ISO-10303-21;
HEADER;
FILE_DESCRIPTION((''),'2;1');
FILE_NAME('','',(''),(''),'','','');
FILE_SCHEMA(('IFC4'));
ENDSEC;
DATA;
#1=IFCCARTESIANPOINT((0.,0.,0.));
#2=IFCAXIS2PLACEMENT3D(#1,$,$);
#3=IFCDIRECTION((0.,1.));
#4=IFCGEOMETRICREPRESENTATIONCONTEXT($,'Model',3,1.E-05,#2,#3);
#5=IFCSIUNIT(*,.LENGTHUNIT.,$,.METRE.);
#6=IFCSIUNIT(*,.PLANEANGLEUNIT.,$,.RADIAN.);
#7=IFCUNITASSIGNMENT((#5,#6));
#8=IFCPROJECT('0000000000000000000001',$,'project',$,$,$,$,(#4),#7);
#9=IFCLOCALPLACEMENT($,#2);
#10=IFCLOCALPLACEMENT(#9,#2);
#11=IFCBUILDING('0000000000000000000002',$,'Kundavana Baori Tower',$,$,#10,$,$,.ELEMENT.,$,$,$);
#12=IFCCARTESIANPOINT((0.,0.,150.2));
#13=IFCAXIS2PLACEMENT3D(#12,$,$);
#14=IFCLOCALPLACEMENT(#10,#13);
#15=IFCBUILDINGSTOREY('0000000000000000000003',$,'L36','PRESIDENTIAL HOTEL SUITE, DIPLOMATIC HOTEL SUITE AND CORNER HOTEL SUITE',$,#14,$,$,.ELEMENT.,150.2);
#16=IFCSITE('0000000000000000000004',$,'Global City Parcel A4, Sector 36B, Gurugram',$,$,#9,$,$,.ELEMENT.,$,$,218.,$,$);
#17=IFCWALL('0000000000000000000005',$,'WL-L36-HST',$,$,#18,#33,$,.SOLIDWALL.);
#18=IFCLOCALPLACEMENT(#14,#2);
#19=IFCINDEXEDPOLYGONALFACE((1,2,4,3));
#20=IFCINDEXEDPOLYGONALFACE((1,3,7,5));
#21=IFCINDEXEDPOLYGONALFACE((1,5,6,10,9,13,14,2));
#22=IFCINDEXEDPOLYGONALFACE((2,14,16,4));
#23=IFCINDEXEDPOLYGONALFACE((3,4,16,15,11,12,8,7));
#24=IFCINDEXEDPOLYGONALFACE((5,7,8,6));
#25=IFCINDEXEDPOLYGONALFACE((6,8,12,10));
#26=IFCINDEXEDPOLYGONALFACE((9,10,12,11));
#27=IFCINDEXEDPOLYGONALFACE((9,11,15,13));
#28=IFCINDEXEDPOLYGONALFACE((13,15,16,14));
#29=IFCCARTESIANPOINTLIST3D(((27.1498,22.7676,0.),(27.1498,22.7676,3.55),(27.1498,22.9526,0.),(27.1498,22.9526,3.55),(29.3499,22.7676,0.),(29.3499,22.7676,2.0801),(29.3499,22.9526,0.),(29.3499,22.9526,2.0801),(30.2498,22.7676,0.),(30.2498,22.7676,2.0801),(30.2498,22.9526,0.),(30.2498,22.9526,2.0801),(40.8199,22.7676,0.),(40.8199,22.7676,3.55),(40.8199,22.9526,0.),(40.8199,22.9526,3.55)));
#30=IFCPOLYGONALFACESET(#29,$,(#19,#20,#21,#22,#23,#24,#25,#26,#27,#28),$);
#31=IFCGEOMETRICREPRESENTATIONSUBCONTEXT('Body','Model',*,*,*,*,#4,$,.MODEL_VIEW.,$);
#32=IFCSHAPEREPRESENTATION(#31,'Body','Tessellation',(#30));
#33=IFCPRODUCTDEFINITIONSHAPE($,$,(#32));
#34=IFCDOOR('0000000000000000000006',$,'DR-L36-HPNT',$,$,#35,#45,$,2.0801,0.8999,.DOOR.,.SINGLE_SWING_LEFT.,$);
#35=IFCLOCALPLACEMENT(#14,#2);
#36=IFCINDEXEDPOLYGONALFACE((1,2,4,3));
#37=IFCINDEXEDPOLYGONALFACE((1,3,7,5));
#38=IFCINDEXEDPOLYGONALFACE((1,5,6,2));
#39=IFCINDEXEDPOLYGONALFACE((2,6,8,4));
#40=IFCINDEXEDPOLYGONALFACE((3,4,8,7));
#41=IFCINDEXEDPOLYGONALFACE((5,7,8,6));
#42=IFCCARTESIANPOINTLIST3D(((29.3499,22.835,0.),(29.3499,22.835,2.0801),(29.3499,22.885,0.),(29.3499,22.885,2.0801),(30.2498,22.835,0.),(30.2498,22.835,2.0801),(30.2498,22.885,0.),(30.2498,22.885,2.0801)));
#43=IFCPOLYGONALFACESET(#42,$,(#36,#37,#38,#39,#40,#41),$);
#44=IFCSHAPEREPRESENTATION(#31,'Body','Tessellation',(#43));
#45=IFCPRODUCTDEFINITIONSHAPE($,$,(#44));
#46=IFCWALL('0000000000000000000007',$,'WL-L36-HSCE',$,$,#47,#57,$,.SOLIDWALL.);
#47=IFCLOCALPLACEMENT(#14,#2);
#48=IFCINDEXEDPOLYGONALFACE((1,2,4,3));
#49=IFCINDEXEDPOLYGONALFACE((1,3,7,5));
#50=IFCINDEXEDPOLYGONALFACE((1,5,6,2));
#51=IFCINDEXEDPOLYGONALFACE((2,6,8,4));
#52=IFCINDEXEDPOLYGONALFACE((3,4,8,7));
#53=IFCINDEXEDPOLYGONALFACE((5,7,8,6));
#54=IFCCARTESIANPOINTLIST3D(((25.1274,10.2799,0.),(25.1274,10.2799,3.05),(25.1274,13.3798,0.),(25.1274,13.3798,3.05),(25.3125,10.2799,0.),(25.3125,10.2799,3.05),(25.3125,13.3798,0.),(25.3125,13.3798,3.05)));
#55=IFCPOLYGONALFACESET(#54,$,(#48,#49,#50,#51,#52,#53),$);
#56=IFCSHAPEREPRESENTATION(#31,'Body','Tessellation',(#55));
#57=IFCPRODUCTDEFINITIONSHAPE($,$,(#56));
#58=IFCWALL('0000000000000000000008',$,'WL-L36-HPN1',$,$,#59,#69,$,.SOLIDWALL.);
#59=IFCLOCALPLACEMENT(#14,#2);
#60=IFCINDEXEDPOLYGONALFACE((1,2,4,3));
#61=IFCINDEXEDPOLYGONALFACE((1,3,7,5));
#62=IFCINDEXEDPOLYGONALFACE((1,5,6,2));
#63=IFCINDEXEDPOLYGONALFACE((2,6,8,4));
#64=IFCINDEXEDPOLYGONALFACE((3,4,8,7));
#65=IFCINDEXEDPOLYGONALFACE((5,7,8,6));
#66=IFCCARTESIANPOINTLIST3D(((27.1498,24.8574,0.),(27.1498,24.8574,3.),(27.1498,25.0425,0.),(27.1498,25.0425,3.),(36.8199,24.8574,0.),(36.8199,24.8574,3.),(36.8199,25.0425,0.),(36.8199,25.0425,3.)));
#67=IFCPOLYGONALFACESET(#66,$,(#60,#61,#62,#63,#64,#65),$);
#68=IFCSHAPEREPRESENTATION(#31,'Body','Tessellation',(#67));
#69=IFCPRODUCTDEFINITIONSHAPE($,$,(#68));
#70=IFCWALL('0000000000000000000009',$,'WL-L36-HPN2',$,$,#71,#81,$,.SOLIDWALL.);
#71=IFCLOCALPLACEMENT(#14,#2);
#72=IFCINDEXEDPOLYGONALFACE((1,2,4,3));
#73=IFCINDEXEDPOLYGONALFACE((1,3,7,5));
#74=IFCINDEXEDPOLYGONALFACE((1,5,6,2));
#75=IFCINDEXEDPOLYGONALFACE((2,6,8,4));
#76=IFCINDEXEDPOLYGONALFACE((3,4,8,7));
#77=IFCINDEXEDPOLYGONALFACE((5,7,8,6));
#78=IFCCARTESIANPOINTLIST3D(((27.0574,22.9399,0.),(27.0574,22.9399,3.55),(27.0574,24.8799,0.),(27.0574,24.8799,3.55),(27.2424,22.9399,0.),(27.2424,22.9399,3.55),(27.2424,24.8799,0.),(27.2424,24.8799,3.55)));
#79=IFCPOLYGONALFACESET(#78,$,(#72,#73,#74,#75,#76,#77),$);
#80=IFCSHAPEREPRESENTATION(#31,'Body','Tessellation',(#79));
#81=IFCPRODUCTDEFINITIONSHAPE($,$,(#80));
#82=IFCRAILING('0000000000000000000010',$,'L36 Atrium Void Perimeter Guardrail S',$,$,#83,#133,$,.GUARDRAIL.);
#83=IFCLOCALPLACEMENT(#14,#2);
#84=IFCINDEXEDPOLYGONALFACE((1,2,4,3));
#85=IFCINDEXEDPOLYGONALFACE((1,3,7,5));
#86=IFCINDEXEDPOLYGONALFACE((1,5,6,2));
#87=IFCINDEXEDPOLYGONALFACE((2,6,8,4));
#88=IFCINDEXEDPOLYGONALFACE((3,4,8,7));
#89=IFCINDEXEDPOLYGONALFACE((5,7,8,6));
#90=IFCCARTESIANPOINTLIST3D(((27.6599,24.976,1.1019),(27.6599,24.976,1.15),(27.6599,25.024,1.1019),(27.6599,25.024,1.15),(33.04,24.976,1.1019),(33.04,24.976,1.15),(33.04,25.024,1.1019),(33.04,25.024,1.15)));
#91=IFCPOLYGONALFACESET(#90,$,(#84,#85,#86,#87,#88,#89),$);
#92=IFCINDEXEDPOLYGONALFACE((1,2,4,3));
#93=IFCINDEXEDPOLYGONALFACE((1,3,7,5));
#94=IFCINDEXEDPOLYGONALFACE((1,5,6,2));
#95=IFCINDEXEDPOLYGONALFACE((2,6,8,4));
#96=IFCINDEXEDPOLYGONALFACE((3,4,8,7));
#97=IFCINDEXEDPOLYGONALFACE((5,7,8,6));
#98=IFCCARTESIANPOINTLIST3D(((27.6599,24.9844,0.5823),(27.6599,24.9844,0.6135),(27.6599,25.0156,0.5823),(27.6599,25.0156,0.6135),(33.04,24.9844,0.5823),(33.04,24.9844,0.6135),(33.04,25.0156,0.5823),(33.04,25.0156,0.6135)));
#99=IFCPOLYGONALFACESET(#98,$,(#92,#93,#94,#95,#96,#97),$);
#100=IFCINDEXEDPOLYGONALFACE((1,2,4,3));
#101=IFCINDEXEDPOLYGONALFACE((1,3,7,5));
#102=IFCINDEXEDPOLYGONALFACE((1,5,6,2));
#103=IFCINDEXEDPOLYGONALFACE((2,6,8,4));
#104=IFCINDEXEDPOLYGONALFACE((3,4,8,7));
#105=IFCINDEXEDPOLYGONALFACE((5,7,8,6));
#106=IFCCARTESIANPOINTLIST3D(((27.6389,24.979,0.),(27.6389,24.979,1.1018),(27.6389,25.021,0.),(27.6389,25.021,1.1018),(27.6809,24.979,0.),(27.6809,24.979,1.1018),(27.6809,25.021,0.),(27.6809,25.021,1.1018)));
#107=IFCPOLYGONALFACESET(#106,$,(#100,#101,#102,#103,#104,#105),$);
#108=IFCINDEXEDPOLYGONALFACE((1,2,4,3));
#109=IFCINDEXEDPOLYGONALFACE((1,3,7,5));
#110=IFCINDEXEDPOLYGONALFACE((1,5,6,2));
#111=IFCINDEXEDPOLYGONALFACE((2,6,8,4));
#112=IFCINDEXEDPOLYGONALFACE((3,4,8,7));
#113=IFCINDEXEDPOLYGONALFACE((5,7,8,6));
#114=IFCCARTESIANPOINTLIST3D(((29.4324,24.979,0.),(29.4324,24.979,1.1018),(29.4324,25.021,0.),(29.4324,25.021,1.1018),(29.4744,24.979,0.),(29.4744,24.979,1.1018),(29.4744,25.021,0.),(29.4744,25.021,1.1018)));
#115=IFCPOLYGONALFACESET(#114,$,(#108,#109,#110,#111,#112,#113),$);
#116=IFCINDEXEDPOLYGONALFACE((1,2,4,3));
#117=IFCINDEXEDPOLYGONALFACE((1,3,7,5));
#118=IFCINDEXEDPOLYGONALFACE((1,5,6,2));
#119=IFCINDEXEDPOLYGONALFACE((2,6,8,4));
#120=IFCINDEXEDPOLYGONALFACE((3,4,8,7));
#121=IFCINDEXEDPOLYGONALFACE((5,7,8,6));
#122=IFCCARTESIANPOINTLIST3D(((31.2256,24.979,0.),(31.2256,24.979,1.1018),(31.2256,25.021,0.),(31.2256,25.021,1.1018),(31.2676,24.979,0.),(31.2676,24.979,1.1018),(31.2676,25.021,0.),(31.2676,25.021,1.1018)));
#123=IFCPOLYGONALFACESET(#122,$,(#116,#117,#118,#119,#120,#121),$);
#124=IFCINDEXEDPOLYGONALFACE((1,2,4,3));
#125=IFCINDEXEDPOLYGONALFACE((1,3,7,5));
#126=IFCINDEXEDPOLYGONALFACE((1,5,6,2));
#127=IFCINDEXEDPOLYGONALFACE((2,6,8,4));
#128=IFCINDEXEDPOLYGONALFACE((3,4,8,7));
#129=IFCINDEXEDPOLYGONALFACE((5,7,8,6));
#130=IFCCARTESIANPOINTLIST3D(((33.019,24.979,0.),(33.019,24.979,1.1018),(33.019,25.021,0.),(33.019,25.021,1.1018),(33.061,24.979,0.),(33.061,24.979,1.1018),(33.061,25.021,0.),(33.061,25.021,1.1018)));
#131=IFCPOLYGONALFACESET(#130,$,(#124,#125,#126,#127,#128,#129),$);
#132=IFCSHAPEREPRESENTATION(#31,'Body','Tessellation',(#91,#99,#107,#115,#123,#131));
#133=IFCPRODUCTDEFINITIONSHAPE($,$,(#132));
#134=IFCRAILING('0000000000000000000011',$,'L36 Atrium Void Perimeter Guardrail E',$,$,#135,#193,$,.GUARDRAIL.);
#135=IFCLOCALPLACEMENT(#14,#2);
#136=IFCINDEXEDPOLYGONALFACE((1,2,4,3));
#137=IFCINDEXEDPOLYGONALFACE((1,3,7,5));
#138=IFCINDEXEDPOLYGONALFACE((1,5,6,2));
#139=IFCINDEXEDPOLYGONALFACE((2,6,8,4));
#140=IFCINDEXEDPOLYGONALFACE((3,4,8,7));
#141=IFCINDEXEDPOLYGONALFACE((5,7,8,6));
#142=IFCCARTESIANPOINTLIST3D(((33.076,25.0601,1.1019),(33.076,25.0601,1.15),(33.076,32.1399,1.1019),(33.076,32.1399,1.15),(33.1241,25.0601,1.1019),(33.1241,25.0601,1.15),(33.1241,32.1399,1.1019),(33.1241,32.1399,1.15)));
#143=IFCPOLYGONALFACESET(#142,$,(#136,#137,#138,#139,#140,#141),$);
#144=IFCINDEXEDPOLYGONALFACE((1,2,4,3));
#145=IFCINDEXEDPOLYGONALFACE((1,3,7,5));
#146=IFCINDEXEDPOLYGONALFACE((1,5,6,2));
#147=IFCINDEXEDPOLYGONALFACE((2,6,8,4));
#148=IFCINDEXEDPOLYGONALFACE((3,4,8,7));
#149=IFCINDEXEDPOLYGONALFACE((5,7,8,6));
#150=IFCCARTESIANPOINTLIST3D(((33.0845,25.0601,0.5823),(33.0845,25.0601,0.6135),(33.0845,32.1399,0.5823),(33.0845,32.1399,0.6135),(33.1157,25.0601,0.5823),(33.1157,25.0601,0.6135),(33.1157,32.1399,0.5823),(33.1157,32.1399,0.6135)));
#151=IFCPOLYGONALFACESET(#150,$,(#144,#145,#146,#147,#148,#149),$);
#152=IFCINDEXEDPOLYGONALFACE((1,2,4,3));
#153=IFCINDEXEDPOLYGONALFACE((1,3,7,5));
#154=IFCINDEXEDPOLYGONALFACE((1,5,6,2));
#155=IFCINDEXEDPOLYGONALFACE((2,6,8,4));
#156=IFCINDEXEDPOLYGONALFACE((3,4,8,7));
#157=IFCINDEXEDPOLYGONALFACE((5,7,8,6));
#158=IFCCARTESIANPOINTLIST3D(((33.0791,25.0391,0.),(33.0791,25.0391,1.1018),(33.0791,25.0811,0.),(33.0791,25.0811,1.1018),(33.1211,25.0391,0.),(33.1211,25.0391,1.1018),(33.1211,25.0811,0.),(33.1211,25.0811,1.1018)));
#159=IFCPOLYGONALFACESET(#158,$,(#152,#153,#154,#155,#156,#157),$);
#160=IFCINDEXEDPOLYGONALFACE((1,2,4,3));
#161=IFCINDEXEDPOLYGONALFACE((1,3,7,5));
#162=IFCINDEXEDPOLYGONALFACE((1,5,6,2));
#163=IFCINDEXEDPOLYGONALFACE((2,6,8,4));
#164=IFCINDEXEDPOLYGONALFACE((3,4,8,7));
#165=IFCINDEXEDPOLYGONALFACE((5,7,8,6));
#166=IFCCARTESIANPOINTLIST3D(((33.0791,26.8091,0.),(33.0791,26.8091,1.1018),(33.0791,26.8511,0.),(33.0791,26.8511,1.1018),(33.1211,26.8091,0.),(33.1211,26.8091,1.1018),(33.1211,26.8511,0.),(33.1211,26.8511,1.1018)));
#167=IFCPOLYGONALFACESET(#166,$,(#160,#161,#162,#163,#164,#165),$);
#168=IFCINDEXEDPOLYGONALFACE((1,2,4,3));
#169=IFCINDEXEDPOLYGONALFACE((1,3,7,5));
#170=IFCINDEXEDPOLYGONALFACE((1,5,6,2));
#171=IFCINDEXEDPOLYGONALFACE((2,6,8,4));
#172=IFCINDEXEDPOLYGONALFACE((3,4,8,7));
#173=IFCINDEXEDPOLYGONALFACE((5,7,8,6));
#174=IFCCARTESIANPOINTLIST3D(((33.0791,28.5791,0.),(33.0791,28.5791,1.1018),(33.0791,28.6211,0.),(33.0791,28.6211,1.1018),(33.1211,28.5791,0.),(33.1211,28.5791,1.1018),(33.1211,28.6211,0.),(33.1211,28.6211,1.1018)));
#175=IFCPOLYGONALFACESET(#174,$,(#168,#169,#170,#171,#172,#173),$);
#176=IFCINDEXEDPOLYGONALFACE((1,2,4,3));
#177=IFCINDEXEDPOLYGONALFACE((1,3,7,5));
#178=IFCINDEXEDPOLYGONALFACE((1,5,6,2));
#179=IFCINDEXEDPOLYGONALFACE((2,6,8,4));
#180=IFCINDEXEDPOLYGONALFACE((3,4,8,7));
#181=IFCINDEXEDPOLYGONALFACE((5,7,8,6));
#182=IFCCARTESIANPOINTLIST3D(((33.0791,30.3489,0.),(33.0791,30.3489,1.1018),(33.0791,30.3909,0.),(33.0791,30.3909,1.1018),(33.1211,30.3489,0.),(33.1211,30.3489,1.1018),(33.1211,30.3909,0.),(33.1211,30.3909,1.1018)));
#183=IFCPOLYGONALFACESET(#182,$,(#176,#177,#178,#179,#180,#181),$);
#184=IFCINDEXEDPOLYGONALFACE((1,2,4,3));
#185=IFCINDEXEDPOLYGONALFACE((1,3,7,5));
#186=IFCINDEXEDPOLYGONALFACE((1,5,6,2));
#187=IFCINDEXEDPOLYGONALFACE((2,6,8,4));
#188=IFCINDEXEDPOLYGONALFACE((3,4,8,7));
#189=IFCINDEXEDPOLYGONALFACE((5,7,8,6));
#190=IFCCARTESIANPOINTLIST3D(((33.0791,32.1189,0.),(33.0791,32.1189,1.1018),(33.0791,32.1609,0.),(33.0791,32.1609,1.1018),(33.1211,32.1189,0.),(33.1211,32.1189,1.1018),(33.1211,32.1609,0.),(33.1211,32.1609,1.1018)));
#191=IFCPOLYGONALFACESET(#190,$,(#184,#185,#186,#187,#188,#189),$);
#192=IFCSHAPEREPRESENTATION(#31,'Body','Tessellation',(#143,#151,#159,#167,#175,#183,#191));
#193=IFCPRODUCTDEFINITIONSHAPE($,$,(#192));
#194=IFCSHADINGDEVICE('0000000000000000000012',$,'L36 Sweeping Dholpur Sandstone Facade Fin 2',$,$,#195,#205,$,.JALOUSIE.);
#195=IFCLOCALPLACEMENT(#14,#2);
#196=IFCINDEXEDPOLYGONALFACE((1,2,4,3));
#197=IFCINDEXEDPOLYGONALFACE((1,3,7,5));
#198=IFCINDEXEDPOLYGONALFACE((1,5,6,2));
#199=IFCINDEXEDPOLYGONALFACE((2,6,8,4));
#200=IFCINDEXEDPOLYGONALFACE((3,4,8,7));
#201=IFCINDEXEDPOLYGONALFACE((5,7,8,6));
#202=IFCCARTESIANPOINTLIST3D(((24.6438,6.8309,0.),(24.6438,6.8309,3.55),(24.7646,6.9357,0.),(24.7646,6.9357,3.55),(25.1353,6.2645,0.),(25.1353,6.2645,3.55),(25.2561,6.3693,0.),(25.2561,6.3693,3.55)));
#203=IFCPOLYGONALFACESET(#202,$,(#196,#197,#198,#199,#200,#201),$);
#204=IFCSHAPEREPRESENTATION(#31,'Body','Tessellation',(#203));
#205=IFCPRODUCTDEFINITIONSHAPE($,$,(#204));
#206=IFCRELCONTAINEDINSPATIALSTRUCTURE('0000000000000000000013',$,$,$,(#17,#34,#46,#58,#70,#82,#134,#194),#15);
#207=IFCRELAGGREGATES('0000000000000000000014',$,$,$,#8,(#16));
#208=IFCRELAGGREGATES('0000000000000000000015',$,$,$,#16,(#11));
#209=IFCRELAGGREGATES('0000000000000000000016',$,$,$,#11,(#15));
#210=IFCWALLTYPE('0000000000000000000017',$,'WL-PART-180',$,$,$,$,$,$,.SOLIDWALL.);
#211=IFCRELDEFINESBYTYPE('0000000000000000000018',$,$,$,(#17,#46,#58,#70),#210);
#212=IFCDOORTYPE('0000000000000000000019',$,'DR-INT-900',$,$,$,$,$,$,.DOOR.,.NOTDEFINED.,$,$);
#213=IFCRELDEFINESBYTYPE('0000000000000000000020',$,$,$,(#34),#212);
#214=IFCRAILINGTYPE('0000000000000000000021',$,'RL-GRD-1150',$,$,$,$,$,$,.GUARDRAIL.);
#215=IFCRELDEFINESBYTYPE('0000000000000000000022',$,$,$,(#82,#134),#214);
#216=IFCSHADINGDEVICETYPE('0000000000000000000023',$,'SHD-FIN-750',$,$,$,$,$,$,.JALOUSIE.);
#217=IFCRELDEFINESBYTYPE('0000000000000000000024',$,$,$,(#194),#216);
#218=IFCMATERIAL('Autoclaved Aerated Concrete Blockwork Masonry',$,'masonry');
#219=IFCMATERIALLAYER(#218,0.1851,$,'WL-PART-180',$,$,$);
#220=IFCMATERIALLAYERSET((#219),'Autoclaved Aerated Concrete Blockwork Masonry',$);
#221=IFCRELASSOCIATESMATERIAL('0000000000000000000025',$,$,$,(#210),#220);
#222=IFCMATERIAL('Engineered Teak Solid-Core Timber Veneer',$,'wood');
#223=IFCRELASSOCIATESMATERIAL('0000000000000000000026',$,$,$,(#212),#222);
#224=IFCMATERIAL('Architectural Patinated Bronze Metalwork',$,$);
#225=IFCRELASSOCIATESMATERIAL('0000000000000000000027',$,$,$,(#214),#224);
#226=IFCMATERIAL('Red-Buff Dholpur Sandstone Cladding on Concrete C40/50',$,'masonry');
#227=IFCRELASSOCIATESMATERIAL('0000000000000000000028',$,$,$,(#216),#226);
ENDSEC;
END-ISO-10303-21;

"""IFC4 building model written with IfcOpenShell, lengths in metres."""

from ifc_helpers import new_model, si_unit, direction, frame, frame_2d, origin, origin_2d, place, context, subcontext, project, spatial, rectangle, extrude, material, layer, layer_set, type_object, element, fill, save


model = new_model("IFC4")

# Units and contexts
model_context = context("Model", 3, precision=1e-05, world=origin(), true_north=direction((0.0, 1.0)))
body_context = subcontext(model_context, "Body", "Model", "MODEL_VIEW")
ifc_project = project(units=[si_unit("LENGTHUNIT", "METRE"), si_unit("PLANEANGLEUNIT", "RADIAN")], contexts=[model_context])

# Site, building, storey
site_placement = place(None, origin())
site = spatial("IfcSite", under=ifc_project, at=site_placement, Name="Global City Parcel A4, Sector 36B, Gurugram", CompositionType="ELEMENT", RefElevation=218.0)
building_placement = place(site_placement, origin())
building = spatial("IfcBuilding", under=site, at=building_placement, Name="Kundavana Baori Tower", CompositionType="ELEMENT")
storey_placement = place(building_placement, frame((0.0, 0.0, 150.2)))
storey = spatial("IfcBuildingStorey", under=building, at=storey_placement, Name="L36", Description="PRESIDENTIAL HOTEL SUITE, DIPLOMATIC HOTEL SUITE AND CORNER HOTEL SUITE", CompositionType="ELEMENT", Elevation=150.2)

# Wall, opening, door
ifc_material_1 = material(Name="Autoclaved Aerated Concrete Blockwork Masonry", Category="masonry")
ifc_layer = layer(ifc_material_1, 0.1851, Name="WL-PART-180")
ifc_layer_set = layer_set([ifc_layer], Name="Autoclaved Aerated Concrete Blockwork Masonry")
wall_type = type_object("IfcWallType", Name="WL-PART-180", PredefinedType="SOLIDWALL", material=ifc_layer_set)
wall_1_placement = place(storey_placement, frame((27.1499, 22.8601, 0.0), z_axis=(0.0, 0.0, 1.0), x_axis=(1.0, 0.0, 0.0)))
wall_1 = element("IfcWall", 1, at=wall_1_placement, inside=storey, type_object=wall_type, Name="WL-L36-HST", PredefinedType="SOLIDWALL", context=body_context, shape_type="SweptSolid", body=[
    extrude(rectangle(XDim=13.6702, YDim=0.1851, at=frame_2d((6.835, 0.0))), origin(), (0.0, 0.0, 1.0), 3.55),
])
opening_1_placement = place(wall_1_placement, frame((2.2, 0.0, 0.0)))
opening_1 = element("IfcOpeningElement", 2, at=opening_1_placement, cuts=wall_1, PredefinedType="OPENING", context=body_context, shape_type="SweptSolid", body=[
    extrude(rectangle(XDim=0.8999, YDim=2.0801, at=frame_2d((0.45, 1.04))), frame((0.0, 0.1025, 0.0), z_axis=(0.0, -1.0, 0.0), x_axis=(1.0, 0.0, 0.0)), (0.0, 0.0, 1.0), 0.2051),
])
ifc_material_2 = material(Name="Engineered Teak Solid-Core Timber Veneer", Category="wood")
door_type_1 = type_object("IfcDoorType", Name="DR-INT-900", OperationType="NOTDEFINED", PredefinedType="DOOR", material=ifc_material_2)
door_1_placement = place(opening_1_placement, origin())
door_1 = element("IfcDoor", 3, at=door_1_placement, inside=storey, type_object=door_type_1, Name="DR-L36-HPNT", OperationType="SINGLE_SWING_LEFT", OverallHeight=2.0801, OverallWidth=0.8999, PredefinedType="DOOR", context=body_context, shape_type="SweptSolid", body=[
    extrude(rectangle(XDim=0.8999, YDim=2.0801, at=frame_2d((0.45, 1.04))), frame((0.0, 0.0249, 0.0), z_axis=(0.0, -1.0, 0.0), x_axis=(1.0, 0.0, 0.0)), (0.0, 0.0, 1.0), 0.05),
])
fill(opening_1, door_1)

# Walls
wall_2_placement = place(storey_placement, frame((25.22, 10.28, 0.0), z_axis=(0.0, 0.0, 1.0), x_axis=(0.0, 1.0, 0.0)))
element("IfcWall", 4, at=wall_2_placement, inside=storey, type_object=wall_type, Name="WL-L36-HSCE", PredefinedType="SOLIDWALL", context=body_context, shape_type="SweptSolid", body=[
    extrude(rectangle(XDim=3.0999, YDim=0.1851, at=frame_2d((1.5498, 0.0))), origin(), (0.0, 0.0, 1.0), 3.05),
])
wall_3_placement = place(storey_placement, frame((27.1499, 24.95, 0.0), z_axis=(0.0, 0.0, 1.0), x_axis=(1.0, 0.0, 0.0)))
element("IfcWall", 5, at=wall_3_placement, inside=storey, type_object=wall_type, Name="WL-L36-HPN1", PredefinedType="SOLIDWALL", context=body_context, shape_type="SweptSolid", body=[
    extrude(rectangle(XDim=9.6702, YDim=0.1851, at=frame_2d((4.835, 0.0))), origin(), (0.0, 0.0, 1.0), 3.0),
])
wall_4_placement = place(storey_placement, frame((27.1499, 22.9399, 0.0), z_axis=(0.0, 0.0, 1.0), x_axis=(0.0, 1.0, 0.0)))
element("IfcWall", 6, at=wall_4_placement, inside=storey, type_object=wall_type, Name="WL-L36-HPN2", PredefinedType="SOLIDWALL", context=body_context, shape_type="SweptSolid", body=[
    extrude(rectangle(XDim=1.9399, YDim=0.1851, at=frame_2d((0.97, 0.0))), origin(), (0.0, 0.0, 1.0), 3.55),
])

# Railings
ifc_material_3 = material(Name="Architectural Patinated Bronze Metalwork")
railing_type = type_object("IfcRailingType", Name="RL-GRD-1150", PredefinedType="GUARDRAIL", material=ifc_material_3)
railing_1_placement = place(storey_placement, frame((27.6599, 25.0, 0.0)))
element("IfcRailing", 7, at=railing_1_placement, inside=storey, type_object=railing_type, Name="L36 Atrium Void Perimeter Guardrail S", PredefinedType="GUARDRAIL", context=body_context, shape_type="SweptSolid", body=[
    extrude(rectangle(XDim=0.0481, YDim=0.0481, at=origin_2d()), frame((0.0, 0.0, 1.126), z_axis=(1.0, 0.0, 0.0), x_axis=(0.0, 1.0, 0.0)), (0.0, 0.0, 1.0), 5.3801),
    extrude(rectangle(XDim=0.0312, YDim=0.0312, at=origin_2d()), frame((0.0, 0.0, 0.5979), z_axis=(1.0, 0.0, 0.0), x_axis=(0.0, 1.0, 0.0)), (0.0, 0.0, 1.0), 5.3801),
    extrude(rectangle(XDim=0.042, YDim=0.042, at=origin_2d()), origin(), (0.0, 0.0, 1.0), 1.1018),
    extrude(rectangle(XDim=0.042, YDim=0.042, at=origin_2d()), frame((1.7935, 0.0, 0.0)), (0.0, 0.0, 1.0), 1.1018),
    extrude(rectangle(XDim=0.042, YDim=0.042, at=origin_2d()), frame((3.5867, 0.0, 0.0)), (0.0, 0.0, 1.0), 1.1018),
    extrude(rectangle(XDim=0.042, YDim=0.042, at=origin_2d()), frame((5.3801, 0.0, 0.0)), (0.0, 0.0, 1.0), 1.1018),
])
railing_2_placement = place(storey_placement, frame((33.1001, 25.0601, 0.0)))
element("IfcRailing", 8, at=railing_2_placement, inside=storey, type_object=railing_type, Name="L36 Atrium Void Perimeter Guardrail E", PredefinedType="GUARDRAIL", context=body_context, shape_type="SweptSolid", body=[
    extrude(rectangle(XDim=0.0481, YDim=0.0481, at=origin_2d()), frame((0.0, 0.0, 1.126), z_axis=(0.0, 1.0, 0.0), x_axis=(-1.0, 0.0, 0.0)), (0.0, 0.0, 1.0), 7.0798),
    extrude(rectangle(XDim=0.0312, YDim=0.0312, at=origin_2d()), frame((0.0, 0.0, 0.5979), z_axis=(0.0, 1.0, 0.0), x_axis=(-1.0, 0.0, 0.0)), (0.0, 0.0, 1.0), 7.0798),
    extrude(rectangle(XDim=0.042, YDim=0.042, at=origin_2d()), origin(), (0.0, 0.0, 1.0), 1.1018),
    extrude(rectangle(XDim=0.042, YDim=0.042, at=origin_2d()), frame((0.0, 1.77, 0.0)), (0.0, 0.0, 1.0), 1.1018),
    extrude(rectangle(XDim=0.042, YDim=0.042, at=origin_2d()), frame((0.0, 3.54, 0.0)), (0.0, 0.0, 1.0), 1.1018),
    extrude(rectangle(XDim=0.042, YDim=0.042, at=origin_2d()), frame((0.0, 5.3098, 0.0)), (0.0, 0.0, 1.0), 1.1018),
    extrude(rectangle(XDim=0.042, YDim=0.042, at=origin_2d()), frame((0.0, 7.0798, 0.0)), (0.0, 0.0, 1.0), 1.1018),
])

# Shading device
ifc_material_4 = material(Name="Red-Buff Dholpur Sandstone Cladding on Concrete C40/50", Category="masonry")
shading_device_type_1 = type_object("IfcShadingDeviceType", Name="SHD-FIN-750", PredefinedType="JALOUSIE", material=ifc_material_4)
shading_device_1_placement = place(storey_placement, frame((24.95, 6.6001, 0.0), z_axis=(0.0, 0.0, 1.0), x_axis=(0.755282, 0.6554, 0.0)))
element("IfcShadingDevice", 9, at=shading_device_1_placement, inside=storey, type_object=shading_device_type_1, Name="L36 Sweeping Dholpur Sandstone Facade Fin 2", PredefinedType="JALOUSIE", context=body_context, shape_type="SweptSolid", body=[
    extrude(rectangle(XDim=0.1599, YDim=0.75, at=origin_2d()), origin(), (0.0, 0.0, 1.0), 3.55),
])

save(model, "model.ifc")
